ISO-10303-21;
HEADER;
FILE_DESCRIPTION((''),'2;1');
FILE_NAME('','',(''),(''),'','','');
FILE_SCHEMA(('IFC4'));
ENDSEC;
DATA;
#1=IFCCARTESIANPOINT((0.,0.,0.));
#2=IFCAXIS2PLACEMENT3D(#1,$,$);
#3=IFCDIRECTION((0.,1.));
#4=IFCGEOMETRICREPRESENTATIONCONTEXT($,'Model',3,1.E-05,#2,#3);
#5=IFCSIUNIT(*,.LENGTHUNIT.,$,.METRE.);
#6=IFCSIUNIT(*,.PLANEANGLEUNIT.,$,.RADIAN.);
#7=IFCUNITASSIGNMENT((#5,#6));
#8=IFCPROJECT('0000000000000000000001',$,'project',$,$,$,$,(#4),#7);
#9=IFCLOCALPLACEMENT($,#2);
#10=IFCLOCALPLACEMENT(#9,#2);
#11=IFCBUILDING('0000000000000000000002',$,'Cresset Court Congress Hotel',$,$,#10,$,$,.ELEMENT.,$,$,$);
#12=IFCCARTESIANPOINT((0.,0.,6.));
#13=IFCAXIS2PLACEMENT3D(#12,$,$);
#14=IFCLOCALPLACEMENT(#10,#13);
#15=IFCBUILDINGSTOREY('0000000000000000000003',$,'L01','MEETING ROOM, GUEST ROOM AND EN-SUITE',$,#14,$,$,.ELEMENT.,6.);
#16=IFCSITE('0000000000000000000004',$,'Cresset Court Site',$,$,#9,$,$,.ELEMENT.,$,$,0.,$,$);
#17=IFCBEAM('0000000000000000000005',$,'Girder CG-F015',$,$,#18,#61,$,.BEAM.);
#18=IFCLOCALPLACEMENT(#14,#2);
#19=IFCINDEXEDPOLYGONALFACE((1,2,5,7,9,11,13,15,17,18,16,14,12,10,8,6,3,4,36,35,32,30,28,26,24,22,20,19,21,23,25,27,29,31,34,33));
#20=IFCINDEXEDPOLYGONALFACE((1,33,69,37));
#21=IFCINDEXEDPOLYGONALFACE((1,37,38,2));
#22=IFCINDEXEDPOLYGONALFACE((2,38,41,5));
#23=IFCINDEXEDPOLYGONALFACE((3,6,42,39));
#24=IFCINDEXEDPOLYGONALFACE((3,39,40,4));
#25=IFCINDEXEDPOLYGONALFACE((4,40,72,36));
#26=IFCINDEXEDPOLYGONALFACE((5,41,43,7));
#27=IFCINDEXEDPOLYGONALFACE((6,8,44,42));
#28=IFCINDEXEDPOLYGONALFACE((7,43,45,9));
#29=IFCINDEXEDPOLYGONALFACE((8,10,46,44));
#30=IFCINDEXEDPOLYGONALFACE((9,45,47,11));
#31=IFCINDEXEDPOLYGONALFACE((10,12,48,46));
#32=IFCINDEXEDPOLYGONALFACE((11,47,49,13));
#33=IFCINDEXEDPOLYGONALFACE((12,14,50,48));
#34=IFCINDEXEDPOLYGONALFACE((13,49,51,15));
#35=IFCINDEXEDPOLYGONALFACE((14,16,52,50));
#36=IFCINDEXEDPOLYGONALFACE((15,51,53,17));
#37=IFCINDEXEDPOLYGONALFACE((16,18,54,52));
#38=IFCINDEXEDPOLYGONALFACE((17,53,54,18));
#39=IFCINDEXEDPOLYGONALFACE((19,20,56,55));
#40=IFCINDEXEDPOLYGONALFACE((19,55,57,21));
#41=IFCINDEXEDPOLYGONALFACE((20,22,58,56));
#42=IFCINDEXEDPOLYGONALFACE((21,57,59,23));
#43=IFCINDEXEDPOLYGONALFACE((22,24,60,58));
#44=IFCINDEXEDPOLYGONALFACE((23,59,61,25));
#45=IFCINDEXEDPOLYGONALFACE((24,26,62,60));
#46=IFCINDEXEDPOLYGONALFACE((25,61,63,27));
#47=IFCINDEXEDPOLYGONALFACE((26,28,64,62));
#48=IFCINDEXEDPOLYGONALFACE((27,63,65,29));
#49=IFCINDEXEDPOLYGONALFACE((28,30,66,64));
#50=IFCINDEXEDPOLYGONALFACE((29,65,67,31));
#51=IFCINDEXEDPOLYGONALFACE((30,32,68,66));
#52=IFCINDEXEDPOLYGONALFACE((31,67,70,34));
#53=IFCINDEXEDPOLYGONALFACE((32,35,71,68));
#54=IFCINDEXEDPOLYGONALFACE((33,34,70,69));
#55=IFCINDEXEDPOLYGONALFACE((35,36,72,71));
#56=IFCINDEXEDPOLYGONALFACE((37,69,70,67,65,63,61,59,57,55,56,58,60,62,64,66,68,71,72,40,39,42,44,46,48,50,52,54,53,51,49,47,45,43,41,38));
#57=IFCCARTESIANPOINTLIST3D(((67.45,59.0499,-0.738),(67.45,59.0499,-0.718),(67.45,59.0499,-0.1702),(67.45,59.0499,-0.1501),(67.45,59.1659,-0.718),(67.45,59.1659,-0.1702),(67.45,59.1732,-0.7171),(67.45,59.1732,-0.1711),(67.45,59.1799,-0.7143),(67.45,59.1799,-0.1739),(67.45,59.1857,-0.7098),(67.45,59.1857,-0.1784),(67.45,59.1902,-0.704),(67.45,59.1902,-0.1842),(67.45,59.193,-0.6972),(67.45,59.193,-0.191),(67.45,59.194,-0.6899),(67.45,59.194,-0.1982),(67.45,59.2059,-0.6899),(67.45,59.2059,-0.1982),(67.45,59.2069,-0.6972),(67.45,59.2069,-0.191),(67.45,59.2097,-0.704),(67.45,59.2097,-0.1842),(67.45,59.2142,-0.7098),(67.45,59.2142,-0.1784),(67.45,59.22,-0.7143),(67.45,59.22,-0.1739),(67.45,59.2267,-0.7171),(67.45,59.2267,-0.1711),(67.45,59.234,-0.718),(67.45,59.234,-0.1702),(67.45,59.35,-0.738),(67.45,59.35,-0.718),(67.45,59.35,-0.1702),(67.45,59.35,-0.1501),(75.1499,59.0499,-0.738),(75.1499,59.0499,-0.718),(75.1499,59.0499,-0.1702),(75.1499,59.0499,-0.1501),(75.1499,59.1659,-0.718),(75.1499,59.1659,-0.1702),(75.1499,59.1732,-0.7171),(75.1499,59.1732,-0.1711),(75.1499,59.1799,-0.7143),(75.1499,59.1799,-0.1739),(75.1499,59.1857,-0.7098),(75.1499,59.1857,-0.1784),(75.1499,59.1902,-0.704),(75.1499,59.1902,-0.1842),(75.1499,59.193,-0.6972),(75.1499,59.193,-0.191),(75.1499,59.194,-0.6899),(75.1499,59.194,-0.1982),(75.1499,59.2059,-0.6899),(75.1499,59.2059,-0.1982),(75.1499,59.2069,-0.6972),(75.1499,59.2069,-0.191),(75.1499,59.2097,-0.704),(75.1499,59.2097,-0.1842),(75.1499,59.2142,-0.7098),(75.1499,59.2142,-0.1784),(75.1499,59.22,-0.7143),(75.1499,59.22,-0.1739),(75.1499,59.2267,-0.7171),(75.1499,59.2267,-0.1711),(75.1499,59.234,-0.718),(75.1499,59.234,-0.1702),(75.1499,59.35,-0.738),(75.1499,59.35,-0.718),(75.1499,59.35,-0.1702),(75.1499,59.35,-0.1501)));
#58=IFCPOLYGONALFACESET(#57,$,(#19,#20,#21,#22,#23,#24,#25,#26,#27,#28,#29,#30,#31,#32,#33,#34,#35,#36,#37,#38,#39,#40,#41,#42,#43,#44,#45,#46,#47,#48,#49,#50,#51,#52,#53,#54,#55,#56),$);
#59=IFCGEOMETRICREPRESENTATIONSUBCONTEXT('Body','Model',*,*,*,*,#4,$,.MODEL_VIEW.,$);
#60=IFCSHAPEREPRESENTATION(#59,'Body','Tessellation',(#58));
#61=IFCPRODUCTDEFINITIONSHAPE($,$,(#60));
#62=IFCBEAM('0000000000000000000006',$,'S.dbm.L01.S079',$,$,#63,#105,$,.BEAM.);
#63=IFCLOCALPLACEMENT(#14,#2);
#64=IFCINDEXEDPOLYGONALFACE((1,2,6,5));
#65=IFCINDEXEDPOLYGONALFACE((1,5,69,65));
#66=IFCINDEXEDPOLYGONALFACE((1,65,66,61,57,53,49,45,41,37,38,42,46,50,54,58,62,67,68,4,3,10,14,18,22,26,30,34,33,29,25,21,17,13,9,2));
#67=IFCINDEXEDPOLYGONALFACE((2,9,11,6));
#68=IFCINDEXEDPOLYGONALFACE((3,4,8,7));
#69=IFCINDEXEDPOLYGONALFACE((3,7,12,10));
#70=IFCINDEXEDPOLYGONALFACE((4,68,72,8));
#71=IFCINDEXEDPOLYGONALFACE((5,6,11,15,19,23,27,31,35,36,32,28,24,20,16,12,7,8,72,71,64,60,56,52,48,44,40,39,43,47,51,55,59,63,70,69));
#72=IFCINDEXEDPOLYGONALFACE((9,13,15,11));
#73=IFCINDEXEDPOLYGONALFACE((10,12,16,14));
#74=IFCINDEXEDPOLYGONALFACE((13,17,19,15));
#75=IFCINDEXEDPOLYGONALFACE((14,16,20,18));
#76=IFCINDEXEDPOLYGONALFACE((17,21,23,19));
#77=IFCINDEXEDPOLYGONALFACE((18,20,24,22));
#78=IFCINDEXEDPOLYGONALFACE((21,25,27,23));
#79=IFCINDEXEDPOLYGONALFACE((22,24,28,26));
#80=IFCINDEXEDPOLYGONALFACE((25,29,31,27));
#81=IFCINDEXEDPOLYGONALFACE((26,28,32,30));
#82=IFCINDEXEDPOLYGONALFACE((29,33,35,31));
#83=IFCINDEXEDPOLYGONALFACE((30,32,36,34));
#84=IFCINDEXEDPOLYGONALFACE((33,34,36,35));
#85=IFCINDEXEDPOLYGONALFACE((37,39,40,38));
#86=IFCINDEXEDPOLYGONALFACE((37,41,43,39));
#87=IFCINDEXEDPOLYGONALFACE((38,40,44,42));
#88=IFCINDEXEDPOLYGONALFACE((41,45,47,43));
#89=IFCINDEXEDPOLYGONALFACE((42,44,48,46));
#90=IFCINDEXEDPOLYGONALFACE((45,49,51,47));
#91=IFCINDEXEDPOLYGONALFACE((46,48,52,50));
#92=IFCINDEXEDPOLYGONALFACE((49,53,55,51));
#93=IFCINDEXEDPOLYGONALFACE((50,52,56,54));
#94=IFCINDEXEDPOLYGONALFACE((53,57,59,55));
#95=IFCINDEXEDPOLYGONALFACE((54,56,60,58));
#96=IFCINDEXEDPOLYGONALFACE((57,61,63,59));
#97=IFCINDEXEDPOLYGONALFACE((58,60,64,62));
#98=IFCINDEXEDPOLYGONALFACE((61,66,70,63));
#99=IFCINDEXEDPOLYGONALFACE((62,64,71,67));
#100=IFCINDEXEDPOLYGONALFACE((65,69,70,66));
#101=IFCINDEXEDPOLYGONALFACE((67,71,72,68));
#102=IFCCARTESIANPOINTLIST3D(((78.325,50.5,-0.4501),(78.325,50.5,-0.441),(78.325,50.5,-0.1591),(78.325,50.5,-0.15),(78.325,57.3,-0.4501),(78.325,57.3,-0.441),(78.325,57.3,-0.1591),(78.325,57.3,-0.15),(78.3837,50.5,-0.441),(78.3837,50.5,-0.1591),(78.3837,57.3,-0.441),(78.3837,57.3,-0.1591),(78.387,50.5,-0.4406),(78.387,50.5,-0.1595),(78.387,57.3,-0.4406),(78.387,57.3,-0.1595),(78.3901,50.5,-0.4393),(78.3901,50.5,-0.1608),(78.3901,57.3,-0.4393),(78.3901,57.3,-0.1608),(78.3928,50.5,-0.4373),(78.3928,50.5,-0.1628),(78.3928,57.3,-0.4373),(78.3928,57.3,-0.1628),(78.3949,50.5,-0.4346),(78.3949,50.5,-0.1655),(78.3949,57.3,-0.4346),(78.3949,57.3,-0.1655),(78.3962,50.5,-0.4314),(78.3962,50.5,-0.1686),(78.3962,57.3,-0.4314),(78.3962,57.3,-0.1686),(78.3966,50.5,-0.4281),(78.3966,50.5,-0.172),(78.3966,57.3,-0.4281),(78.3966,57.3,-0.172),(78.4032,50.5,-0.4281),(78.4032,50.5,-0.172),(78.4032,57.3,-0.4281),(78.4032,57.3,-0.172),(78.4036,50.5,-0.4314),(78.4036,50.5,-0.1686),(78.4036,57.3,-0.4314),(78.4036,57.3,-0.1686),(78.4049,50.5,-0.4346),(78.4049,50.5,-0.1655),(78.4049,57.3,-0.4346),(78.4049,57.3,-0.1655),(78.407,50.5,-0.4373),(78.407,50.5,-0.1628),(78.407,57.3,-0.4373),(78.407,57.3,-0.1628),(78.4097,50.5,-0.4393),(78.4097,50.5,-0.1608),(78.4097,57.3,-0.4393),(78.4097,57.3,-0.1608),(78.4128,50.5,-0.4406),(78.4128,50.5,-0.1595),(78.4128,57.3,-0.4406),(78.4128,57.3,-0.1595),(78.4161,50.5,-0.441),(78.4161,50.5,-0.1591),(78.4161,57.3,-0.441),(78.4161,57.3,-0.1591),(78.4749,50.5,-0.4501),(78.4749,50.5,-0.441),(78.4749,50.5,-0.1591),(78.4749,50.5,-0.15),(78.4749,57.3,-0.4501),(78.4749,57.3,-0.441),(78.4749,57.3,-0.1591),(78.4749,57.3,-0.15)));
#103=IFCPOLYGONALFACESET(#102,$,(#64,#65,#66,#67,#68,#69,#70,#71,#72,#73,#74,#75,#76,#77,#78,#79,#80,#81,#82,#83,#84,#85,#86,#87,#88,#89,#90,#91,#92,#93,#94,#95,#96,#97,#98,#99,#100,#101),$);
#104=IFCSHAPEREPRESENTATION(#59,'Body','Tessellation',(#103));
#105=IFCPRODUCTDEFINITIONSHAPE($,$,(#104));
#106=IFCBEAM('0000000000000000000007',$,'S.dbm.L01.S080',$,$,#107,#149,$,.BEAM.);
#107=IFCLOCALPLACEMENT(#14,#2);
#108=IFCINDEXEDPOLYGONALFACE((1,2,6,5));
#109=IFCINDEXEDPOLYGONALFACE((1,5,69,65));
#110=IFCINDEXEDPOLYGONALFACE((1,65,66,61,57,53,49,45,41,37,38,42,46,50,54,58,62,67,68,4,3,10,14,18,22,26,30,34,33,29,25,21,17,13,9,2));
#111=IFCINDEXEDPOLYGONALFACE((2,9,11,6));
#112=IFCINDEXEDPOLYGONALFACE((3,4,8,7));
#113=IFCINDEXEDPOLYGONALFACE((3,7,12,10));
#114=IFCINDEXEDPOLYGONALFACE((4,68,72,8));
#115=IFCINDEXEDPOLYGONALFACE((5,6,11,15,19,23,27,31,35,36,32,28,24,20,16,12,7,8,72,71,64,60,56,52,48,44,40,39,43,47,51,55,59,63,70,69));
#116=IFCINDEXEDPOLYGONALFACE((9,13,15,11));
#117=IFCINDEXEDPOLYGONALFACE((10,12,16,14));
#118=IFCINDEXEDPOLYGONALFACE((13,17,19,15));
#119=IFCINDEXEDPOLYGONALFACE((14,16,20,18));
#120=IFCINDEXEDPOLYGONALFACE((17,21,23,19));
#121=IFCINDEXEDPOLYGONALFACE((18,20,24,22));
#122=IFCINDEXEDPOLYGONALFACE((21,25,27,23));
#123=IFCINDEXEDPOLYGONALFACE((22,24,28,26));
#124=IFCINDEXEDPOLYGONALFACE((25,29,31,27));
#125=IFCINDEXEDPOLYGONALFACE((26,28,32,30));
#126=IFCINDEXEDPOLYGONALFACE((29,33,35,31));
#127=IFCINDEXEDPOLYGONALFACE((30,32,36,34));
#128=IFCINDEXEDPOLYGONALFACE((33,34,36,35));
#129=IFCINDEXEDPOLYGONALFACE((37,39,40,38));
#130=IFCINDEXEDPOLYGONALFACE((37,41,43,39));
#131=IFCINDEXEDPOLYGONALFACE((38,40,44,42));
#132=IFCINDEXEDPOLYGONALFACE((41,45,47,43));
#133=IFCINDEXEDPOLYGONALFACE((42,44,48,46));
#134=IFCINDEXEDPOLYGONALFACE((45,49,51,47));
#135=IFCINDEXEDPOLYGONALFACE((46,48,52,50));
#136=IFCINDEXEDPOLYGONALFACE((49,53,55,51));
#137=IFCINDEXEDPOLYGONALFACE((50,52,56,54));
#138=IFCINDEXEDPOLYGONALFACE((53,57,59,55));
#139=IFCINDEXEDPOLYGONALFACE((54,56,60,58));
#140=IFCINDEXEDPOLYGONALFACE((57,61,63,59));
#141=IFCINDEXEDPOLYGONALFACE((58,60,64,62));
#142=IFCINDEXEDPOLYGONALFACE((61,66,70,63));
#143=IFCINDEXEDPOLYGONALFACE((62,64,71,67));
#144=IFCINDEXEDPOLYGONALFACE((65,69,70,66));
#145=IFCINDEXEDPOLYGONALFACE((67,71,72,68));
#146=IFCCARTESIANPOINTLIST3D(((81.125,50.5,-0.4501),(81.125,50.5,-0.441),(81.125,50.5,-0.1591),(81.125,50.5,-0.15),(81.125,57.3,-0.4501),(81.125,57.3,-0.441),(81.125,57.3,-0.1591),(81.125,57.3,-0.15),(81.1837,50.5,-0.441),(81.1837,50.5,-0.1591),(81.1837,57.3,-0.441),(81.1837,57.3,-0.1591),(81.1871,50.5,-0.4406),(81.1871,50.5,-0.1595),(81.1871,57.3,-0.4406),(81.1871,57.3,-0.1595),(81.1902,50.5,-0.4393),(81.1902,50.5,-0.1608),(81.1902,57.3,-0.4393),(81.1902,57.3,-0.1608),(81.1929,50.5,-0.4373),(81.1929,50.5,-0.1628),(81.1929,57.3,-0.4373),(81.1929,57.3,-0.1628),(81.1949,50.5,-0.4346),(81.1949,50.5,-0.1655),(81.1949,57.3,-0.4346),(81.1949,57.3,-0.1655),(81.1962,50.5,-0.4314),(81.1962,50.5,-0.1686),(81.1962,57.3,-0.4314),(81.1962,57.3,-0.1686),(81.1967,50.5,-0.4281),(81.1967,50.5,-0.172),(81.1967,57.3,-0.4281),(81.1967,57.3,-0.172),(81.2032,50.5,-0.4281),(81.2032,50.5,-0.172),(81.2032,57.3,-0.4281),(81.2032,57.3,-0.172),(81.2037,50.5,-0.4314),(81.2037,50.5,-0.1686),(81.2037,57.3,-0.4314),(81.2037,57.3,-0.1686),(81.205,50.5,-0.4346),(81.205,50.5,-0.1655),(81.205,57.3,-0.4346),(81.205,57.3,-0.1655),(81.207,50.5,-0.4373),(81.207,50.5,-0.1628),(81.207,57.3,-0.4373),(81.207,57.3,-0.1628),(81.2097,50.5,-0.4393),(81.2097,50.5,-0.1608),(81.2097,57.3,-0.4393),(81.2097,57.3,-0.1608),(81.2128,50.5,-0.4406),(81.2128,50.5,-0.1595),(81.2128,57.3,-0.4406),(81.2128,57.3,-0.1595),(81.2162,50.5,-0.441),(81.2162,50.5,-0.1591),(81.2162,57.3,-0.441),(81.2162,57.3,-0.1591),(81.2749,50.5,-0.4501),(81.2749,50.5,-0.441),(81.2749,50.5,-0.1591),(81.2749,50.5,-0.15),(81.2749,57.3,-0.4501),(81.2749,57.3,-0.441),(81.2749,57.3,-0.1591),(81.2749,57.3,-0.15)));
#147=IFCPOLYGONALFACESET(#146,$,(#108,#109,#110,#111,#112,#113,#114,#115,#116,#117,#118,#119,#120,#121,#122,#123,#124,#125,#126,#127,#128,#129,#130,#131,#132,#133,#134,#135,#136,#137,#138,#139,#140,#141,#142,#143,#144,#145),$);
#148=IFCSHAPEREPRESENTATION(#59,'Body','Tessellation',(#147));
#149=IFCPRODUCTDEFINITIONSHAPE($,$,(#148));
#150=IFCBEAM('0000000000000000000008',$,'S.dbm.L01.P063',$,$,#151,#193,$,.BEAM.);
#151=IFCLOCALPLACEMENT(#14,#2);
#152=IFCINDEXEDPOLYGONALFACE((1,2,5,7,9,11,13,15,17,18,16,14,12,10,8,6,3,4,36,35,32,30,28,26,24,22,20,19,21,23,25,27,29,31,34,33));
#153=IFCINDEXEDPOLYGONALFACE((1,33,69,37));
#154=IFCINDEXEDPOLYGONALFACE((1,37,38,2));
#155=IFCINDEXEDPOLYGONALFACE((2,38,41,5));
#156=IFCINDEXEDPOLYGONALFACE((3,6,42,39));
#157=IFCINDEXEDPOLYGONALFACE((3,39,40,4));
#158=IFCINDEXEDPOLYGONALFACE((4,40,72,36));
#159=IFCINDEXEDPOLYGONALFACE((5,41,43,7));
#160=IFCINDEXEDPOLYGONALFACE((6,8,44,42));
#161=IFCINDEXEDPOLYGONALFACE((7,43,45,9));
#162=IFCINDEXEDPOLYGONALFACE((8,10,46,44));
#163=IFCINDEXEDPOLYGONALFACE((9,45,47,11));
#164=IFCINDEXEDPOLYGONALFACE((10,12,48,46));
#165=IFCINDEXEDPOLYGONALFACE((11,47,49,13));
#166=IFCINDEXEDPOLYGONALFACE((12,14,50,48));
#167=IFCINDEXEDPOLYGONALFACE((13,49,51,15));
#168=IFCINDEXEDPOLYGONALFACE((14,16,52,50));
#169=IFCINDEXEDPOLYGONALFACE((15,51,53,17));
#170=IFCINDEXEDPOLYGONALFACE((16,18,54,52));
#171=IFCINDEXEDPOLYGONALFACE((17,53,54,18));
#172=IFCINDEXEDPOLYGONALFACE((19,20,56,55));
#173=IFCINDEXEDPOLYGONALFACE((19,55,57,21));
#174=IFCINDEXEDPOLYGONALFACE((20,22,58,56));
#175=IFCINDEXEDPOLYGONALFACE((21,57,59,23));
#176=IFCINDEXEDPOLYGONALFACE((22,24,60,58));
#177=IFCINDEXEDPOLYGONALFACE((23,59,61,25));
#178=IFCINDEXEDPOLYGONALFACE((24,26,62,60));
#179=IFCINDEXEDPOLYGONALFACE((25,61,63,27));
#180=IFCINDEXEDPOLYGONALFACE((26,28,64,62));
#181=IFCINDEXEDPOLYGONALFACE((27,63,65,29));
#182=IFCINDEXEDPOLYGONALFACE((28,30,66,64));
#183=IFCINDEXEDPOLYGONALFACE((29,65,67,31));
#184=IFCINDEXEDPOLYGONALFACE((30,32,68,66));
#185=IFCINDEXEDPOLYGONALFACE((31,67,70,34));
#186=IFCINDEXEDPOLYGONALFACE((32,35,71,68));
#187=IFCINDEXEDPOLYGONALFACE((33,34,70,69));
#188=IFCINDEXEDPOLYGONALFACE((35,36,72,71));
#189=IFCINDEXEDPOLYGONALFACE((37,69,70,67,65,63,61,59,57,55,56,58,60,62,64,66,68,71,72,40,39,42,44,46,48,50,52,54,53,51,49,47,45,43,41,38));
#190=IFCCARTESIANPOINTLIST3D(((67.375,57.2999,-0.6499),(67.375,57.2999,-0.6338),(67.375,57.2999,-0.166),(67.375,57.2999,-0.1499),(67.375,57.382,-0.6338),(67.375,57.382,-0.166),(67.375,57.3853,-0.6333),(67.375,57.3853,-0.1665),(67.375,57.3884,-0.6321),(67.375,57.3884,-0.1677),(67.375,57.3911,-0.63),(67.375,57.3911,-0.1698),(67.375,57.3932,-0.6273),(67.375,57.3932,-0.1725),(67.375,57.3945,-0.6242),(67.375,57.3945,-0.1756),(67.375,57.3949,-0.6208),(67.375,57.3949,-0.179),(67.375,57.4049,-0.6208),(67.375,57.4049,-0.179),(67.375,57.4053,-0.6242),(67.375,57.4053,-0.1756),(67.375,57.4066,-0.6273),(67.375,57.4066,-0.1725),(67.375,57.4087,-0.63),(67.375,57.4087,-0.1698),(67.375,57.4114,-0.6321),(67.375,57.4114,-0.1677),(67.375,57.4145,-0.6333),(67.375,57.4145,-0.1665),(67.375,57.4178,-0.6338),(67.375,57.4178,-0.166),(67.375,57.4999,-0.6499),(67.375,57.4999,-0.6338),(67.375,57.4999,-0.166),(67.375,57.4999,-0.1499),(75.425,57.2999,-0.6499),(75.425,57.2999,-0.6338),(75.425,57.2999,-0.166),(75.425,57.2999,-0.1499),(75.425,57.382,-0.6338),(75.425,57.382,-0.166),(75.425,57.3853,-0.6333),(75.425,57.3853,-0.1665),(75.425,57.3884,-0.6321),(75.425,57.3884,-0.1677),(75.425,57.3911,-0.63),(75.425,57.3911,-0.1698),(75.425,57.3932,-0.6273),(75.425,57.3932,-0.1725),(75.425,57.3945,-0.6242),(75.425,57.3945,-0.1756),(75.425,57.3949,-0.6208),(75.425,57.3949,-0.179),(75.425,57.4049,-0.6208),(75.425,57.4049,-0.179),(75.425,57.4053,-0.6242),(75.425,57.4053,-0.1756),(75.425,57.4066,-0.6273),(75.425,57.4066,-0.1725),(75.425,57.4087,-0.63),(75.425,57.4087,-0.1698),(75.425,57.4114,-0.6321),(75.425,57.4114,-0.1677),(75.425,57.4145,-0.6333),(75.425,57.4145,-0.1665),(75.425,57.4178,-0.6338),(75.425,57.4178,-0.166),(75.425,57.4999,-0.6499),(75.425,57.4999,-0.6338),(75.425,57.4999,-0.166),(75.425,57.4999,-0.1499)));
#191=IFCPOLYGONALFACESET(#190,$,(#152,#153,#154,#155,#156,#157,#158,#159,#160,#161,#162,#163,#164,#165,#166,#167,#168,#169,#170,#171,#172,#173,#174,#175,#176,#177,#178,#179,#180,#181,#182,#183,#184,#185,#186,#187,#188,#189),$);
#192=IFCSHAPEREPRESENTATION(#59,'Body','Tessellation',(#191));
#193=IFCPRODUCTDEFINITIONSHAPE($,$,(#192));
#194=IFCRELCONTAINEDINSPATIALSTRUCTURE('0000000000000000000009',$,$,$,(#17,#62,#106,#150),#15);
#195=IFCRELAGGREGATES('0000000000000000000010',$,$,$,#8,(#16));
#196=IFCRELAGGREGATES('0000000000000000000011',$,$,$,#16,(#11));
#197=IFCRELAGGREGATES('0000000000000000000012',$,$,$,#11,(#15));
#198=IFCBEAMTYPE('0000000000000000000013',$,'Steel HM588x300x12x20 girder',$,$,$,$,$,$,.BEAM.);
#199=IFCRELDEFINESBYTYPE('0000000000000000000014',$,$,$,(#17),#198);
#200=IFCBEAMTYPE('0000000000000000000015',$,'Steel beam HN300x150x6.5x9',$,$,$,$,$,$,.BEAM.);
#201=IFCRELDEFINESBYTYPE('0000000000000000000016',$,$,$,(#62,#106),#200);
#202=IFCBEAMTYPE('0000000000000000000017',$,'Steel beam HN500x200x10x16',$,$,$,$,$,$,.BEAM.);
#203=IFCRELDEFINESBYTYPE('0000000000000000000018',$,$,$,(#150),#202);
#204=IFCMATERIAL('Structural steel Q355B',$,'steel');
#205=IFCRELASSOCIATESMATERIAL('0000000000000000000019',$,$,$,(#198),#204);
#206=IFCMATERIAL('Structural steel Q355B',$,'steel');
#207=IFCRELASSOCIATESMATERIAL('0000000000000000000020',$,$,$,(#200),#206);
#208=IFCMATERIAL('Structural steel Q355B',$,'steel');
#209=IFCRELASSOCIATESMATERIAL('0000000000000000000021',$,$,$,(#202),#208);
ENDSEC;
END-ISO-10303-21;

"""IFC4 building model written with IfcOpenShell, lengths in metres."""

from ifc_helpers import new_model, si_unit, direction, frame, origin, origin_2d, place, context, subcontext, project, spatial, i_section, extrude, material, material_profile, profile_set, type_object, element, save


model = new_model("IFC4")

# Units and contexts
model_context = context("Model", 3, precision=1e-05, world=origin(), true_north=direction((0.0, 1.0)))
body_context = subcontext(model_context, "Body", "Model", "MODEL_VIEW")
ifc_project = project(units=[si_unit("LENGTHUNIT", "METRE"), si_unit("PLANEANGLEUNIT", "RADIAN")], contexts=[model_context])

# Site, building, storey
site_placement = place(None, origin())
site = spatial("IfcSite", under=ifc_project, at=site_placement, Name="Cresset Court Site", CompositionType="ELEMENT", RefElevation=0.0)
building_placement = place(site_placement, origin())
building = spatial("IfcBuilding", under=site, at=building_placement, Name="Cresset Court Congress Hotel", CompositionType="ELEMENT")
storey_placement = place(building_placement, frame((0.0, 0.0, 6.0)))
storey = spatial("IfcBuildingStorey", under=building, at=storey_placement, Name="L01", Description="MEETING ROOM, GUEST ROOM AND EN-SUITE", CompositionType="ELEMENT", Elevation=6.0)

# Beams
ifc_material_1 = material(Name="Structural steel Q355B", Category="steel")
ifc_material_profile_1 = material_profile(ifc_material_1, i_section(OverallWidth=0.3, OverallDepth=0.5879, WebThickness=0.012, FlangeThickness=0.02, FilletRadius=0.0281, at=origin_2d()), Name="HM588x300x12x20")
ifc_profile_set_1 = profile_set([ifc_material_profile_1], Name="Structural steel Q355B")
beam_type_1 = type_object("IfcBeamType", Name="Steel HM588x300x12x20 girder", PredefinedType="BEAM", material=ifc_profile_set_1)
beam_placement = place(storey_placement, frame((67.45, 59.2, -0.4441), z_axis=(1.0, 0.0, 0.0), x_axis=(0.0, 1.0, 0.0)))
element("IfcBeam", 1, at=beam_placement, inside=storey, type_object=beam_type_1, Name="Girder CG-F015", PredefinedType="BEAM", context=body_context, shape_type="SweptSolid", body=[
    extrude(i_section(OverallWidth=0.3, OverallDepth=0.5879, WebThickness=0.012, FlangeThickness=0.02, FilletRadius=0.0281, at=origin_2d()), origin(), (0.0, 0.0, 1.0), 7.7),
])
ifc_material_2 = material(Name="Structural steel Q355B", Category="steel")
ifc_material_profile_2 = material_profile(ifc_material_2, i_section(OverallWidth=0.1499, OverallDepth=0.3, WebThickness=0.0066, FlangeThickness=0.009, FilletRadius=0.0129, at=origin_2d()), Name="HN300x150x6.5x9")
ifc_profile_set_2 = profile_set([ifc_material_profile_2], Name="Structural steel Q355B")
beam_type_2 = type_object("IfcBeamType", Name="Steel beam HN300x150x6.5x9", PredefinedType="BEAM", material=ifc_profile_set_2)
for number, where, z_axis, x_axis, name in (
    (2, (78.3999, 50.5, -0.3), (0.0, 1.0, 0.0), (-1.0, 0.0, 0.0), "S.dbm.L01.S079"),
    (3, (81.2, 50.5, -0.3), (0.0, 1.0, 0.0), (-1.0, 0.0, 0.0), "S.dbm.L01.S080"),
):
    element("IfcBeam", number, at=place(storey_placement, frame(where, z_axis=z_axis, x_axis=x_axis)), inside=storey, type_object=beam_type_2, Name=name, PredefinedType="BEAM", context=body_context, shape_type="SweptSolid", body=[
        extrude(i_section(OverallWidth=0.1499, OverallDepth=0.3, WebThickness=0.0066, FlangeThickness=0.009, FilletRadius=0.0129, at=origin_2d()), origin(), (0.0, 0.0, 1.0), 6.8),
    ])
ifc_material_3 = material(Name="Structural steel Q355B", Category="steel")
ifc_material_profile_3 = material_profile(ifc_material_3, i_section(OverallWidth=0.2, OverallDepth=0.5, WebThickness=0.01, FlangeThickness=0.0161, FilletRadius=0.0129, at=origin_2d()), Name="HN500x200x10x16")
ifc_profile_set_3 = profile_set([ifc_material_profile_3], Name="Structural steel Q355B")
beam_type_3 = type_object("IfcBeamType", Name="Steel beam HN500x200x10x16", PredefinedType="BEAM", material=ifc_profile_set_3)
for number, where, z_axis, x_axis, name in (
    (4, (67.375, 57.3999, -0.3999), (1.0, 0.0, 0.0), (0.0, 1.0, 0.0), "S.dbm.L01.P063"),
):
    element("IfcBeam", number, at=place(storey_placement, frame(where, z_axis=z_axis, x_axis=x_axis)), inside=storey, type_object=beam_type_3, Name=name, PredefinedType="BEAM", context=body_context, shape_type="SweptSolid", body=[
        extrude(i_section(OverallWidth=0.2, OverallDepth=0.5, WebThickness=0.01, FlangeThickness=0.0161, FilletRadius=0.0129, at=origin_2d()), origin(), (0.0, 0.0, 1.0), 8.05),
    ])

save(model, "model.ifc")
